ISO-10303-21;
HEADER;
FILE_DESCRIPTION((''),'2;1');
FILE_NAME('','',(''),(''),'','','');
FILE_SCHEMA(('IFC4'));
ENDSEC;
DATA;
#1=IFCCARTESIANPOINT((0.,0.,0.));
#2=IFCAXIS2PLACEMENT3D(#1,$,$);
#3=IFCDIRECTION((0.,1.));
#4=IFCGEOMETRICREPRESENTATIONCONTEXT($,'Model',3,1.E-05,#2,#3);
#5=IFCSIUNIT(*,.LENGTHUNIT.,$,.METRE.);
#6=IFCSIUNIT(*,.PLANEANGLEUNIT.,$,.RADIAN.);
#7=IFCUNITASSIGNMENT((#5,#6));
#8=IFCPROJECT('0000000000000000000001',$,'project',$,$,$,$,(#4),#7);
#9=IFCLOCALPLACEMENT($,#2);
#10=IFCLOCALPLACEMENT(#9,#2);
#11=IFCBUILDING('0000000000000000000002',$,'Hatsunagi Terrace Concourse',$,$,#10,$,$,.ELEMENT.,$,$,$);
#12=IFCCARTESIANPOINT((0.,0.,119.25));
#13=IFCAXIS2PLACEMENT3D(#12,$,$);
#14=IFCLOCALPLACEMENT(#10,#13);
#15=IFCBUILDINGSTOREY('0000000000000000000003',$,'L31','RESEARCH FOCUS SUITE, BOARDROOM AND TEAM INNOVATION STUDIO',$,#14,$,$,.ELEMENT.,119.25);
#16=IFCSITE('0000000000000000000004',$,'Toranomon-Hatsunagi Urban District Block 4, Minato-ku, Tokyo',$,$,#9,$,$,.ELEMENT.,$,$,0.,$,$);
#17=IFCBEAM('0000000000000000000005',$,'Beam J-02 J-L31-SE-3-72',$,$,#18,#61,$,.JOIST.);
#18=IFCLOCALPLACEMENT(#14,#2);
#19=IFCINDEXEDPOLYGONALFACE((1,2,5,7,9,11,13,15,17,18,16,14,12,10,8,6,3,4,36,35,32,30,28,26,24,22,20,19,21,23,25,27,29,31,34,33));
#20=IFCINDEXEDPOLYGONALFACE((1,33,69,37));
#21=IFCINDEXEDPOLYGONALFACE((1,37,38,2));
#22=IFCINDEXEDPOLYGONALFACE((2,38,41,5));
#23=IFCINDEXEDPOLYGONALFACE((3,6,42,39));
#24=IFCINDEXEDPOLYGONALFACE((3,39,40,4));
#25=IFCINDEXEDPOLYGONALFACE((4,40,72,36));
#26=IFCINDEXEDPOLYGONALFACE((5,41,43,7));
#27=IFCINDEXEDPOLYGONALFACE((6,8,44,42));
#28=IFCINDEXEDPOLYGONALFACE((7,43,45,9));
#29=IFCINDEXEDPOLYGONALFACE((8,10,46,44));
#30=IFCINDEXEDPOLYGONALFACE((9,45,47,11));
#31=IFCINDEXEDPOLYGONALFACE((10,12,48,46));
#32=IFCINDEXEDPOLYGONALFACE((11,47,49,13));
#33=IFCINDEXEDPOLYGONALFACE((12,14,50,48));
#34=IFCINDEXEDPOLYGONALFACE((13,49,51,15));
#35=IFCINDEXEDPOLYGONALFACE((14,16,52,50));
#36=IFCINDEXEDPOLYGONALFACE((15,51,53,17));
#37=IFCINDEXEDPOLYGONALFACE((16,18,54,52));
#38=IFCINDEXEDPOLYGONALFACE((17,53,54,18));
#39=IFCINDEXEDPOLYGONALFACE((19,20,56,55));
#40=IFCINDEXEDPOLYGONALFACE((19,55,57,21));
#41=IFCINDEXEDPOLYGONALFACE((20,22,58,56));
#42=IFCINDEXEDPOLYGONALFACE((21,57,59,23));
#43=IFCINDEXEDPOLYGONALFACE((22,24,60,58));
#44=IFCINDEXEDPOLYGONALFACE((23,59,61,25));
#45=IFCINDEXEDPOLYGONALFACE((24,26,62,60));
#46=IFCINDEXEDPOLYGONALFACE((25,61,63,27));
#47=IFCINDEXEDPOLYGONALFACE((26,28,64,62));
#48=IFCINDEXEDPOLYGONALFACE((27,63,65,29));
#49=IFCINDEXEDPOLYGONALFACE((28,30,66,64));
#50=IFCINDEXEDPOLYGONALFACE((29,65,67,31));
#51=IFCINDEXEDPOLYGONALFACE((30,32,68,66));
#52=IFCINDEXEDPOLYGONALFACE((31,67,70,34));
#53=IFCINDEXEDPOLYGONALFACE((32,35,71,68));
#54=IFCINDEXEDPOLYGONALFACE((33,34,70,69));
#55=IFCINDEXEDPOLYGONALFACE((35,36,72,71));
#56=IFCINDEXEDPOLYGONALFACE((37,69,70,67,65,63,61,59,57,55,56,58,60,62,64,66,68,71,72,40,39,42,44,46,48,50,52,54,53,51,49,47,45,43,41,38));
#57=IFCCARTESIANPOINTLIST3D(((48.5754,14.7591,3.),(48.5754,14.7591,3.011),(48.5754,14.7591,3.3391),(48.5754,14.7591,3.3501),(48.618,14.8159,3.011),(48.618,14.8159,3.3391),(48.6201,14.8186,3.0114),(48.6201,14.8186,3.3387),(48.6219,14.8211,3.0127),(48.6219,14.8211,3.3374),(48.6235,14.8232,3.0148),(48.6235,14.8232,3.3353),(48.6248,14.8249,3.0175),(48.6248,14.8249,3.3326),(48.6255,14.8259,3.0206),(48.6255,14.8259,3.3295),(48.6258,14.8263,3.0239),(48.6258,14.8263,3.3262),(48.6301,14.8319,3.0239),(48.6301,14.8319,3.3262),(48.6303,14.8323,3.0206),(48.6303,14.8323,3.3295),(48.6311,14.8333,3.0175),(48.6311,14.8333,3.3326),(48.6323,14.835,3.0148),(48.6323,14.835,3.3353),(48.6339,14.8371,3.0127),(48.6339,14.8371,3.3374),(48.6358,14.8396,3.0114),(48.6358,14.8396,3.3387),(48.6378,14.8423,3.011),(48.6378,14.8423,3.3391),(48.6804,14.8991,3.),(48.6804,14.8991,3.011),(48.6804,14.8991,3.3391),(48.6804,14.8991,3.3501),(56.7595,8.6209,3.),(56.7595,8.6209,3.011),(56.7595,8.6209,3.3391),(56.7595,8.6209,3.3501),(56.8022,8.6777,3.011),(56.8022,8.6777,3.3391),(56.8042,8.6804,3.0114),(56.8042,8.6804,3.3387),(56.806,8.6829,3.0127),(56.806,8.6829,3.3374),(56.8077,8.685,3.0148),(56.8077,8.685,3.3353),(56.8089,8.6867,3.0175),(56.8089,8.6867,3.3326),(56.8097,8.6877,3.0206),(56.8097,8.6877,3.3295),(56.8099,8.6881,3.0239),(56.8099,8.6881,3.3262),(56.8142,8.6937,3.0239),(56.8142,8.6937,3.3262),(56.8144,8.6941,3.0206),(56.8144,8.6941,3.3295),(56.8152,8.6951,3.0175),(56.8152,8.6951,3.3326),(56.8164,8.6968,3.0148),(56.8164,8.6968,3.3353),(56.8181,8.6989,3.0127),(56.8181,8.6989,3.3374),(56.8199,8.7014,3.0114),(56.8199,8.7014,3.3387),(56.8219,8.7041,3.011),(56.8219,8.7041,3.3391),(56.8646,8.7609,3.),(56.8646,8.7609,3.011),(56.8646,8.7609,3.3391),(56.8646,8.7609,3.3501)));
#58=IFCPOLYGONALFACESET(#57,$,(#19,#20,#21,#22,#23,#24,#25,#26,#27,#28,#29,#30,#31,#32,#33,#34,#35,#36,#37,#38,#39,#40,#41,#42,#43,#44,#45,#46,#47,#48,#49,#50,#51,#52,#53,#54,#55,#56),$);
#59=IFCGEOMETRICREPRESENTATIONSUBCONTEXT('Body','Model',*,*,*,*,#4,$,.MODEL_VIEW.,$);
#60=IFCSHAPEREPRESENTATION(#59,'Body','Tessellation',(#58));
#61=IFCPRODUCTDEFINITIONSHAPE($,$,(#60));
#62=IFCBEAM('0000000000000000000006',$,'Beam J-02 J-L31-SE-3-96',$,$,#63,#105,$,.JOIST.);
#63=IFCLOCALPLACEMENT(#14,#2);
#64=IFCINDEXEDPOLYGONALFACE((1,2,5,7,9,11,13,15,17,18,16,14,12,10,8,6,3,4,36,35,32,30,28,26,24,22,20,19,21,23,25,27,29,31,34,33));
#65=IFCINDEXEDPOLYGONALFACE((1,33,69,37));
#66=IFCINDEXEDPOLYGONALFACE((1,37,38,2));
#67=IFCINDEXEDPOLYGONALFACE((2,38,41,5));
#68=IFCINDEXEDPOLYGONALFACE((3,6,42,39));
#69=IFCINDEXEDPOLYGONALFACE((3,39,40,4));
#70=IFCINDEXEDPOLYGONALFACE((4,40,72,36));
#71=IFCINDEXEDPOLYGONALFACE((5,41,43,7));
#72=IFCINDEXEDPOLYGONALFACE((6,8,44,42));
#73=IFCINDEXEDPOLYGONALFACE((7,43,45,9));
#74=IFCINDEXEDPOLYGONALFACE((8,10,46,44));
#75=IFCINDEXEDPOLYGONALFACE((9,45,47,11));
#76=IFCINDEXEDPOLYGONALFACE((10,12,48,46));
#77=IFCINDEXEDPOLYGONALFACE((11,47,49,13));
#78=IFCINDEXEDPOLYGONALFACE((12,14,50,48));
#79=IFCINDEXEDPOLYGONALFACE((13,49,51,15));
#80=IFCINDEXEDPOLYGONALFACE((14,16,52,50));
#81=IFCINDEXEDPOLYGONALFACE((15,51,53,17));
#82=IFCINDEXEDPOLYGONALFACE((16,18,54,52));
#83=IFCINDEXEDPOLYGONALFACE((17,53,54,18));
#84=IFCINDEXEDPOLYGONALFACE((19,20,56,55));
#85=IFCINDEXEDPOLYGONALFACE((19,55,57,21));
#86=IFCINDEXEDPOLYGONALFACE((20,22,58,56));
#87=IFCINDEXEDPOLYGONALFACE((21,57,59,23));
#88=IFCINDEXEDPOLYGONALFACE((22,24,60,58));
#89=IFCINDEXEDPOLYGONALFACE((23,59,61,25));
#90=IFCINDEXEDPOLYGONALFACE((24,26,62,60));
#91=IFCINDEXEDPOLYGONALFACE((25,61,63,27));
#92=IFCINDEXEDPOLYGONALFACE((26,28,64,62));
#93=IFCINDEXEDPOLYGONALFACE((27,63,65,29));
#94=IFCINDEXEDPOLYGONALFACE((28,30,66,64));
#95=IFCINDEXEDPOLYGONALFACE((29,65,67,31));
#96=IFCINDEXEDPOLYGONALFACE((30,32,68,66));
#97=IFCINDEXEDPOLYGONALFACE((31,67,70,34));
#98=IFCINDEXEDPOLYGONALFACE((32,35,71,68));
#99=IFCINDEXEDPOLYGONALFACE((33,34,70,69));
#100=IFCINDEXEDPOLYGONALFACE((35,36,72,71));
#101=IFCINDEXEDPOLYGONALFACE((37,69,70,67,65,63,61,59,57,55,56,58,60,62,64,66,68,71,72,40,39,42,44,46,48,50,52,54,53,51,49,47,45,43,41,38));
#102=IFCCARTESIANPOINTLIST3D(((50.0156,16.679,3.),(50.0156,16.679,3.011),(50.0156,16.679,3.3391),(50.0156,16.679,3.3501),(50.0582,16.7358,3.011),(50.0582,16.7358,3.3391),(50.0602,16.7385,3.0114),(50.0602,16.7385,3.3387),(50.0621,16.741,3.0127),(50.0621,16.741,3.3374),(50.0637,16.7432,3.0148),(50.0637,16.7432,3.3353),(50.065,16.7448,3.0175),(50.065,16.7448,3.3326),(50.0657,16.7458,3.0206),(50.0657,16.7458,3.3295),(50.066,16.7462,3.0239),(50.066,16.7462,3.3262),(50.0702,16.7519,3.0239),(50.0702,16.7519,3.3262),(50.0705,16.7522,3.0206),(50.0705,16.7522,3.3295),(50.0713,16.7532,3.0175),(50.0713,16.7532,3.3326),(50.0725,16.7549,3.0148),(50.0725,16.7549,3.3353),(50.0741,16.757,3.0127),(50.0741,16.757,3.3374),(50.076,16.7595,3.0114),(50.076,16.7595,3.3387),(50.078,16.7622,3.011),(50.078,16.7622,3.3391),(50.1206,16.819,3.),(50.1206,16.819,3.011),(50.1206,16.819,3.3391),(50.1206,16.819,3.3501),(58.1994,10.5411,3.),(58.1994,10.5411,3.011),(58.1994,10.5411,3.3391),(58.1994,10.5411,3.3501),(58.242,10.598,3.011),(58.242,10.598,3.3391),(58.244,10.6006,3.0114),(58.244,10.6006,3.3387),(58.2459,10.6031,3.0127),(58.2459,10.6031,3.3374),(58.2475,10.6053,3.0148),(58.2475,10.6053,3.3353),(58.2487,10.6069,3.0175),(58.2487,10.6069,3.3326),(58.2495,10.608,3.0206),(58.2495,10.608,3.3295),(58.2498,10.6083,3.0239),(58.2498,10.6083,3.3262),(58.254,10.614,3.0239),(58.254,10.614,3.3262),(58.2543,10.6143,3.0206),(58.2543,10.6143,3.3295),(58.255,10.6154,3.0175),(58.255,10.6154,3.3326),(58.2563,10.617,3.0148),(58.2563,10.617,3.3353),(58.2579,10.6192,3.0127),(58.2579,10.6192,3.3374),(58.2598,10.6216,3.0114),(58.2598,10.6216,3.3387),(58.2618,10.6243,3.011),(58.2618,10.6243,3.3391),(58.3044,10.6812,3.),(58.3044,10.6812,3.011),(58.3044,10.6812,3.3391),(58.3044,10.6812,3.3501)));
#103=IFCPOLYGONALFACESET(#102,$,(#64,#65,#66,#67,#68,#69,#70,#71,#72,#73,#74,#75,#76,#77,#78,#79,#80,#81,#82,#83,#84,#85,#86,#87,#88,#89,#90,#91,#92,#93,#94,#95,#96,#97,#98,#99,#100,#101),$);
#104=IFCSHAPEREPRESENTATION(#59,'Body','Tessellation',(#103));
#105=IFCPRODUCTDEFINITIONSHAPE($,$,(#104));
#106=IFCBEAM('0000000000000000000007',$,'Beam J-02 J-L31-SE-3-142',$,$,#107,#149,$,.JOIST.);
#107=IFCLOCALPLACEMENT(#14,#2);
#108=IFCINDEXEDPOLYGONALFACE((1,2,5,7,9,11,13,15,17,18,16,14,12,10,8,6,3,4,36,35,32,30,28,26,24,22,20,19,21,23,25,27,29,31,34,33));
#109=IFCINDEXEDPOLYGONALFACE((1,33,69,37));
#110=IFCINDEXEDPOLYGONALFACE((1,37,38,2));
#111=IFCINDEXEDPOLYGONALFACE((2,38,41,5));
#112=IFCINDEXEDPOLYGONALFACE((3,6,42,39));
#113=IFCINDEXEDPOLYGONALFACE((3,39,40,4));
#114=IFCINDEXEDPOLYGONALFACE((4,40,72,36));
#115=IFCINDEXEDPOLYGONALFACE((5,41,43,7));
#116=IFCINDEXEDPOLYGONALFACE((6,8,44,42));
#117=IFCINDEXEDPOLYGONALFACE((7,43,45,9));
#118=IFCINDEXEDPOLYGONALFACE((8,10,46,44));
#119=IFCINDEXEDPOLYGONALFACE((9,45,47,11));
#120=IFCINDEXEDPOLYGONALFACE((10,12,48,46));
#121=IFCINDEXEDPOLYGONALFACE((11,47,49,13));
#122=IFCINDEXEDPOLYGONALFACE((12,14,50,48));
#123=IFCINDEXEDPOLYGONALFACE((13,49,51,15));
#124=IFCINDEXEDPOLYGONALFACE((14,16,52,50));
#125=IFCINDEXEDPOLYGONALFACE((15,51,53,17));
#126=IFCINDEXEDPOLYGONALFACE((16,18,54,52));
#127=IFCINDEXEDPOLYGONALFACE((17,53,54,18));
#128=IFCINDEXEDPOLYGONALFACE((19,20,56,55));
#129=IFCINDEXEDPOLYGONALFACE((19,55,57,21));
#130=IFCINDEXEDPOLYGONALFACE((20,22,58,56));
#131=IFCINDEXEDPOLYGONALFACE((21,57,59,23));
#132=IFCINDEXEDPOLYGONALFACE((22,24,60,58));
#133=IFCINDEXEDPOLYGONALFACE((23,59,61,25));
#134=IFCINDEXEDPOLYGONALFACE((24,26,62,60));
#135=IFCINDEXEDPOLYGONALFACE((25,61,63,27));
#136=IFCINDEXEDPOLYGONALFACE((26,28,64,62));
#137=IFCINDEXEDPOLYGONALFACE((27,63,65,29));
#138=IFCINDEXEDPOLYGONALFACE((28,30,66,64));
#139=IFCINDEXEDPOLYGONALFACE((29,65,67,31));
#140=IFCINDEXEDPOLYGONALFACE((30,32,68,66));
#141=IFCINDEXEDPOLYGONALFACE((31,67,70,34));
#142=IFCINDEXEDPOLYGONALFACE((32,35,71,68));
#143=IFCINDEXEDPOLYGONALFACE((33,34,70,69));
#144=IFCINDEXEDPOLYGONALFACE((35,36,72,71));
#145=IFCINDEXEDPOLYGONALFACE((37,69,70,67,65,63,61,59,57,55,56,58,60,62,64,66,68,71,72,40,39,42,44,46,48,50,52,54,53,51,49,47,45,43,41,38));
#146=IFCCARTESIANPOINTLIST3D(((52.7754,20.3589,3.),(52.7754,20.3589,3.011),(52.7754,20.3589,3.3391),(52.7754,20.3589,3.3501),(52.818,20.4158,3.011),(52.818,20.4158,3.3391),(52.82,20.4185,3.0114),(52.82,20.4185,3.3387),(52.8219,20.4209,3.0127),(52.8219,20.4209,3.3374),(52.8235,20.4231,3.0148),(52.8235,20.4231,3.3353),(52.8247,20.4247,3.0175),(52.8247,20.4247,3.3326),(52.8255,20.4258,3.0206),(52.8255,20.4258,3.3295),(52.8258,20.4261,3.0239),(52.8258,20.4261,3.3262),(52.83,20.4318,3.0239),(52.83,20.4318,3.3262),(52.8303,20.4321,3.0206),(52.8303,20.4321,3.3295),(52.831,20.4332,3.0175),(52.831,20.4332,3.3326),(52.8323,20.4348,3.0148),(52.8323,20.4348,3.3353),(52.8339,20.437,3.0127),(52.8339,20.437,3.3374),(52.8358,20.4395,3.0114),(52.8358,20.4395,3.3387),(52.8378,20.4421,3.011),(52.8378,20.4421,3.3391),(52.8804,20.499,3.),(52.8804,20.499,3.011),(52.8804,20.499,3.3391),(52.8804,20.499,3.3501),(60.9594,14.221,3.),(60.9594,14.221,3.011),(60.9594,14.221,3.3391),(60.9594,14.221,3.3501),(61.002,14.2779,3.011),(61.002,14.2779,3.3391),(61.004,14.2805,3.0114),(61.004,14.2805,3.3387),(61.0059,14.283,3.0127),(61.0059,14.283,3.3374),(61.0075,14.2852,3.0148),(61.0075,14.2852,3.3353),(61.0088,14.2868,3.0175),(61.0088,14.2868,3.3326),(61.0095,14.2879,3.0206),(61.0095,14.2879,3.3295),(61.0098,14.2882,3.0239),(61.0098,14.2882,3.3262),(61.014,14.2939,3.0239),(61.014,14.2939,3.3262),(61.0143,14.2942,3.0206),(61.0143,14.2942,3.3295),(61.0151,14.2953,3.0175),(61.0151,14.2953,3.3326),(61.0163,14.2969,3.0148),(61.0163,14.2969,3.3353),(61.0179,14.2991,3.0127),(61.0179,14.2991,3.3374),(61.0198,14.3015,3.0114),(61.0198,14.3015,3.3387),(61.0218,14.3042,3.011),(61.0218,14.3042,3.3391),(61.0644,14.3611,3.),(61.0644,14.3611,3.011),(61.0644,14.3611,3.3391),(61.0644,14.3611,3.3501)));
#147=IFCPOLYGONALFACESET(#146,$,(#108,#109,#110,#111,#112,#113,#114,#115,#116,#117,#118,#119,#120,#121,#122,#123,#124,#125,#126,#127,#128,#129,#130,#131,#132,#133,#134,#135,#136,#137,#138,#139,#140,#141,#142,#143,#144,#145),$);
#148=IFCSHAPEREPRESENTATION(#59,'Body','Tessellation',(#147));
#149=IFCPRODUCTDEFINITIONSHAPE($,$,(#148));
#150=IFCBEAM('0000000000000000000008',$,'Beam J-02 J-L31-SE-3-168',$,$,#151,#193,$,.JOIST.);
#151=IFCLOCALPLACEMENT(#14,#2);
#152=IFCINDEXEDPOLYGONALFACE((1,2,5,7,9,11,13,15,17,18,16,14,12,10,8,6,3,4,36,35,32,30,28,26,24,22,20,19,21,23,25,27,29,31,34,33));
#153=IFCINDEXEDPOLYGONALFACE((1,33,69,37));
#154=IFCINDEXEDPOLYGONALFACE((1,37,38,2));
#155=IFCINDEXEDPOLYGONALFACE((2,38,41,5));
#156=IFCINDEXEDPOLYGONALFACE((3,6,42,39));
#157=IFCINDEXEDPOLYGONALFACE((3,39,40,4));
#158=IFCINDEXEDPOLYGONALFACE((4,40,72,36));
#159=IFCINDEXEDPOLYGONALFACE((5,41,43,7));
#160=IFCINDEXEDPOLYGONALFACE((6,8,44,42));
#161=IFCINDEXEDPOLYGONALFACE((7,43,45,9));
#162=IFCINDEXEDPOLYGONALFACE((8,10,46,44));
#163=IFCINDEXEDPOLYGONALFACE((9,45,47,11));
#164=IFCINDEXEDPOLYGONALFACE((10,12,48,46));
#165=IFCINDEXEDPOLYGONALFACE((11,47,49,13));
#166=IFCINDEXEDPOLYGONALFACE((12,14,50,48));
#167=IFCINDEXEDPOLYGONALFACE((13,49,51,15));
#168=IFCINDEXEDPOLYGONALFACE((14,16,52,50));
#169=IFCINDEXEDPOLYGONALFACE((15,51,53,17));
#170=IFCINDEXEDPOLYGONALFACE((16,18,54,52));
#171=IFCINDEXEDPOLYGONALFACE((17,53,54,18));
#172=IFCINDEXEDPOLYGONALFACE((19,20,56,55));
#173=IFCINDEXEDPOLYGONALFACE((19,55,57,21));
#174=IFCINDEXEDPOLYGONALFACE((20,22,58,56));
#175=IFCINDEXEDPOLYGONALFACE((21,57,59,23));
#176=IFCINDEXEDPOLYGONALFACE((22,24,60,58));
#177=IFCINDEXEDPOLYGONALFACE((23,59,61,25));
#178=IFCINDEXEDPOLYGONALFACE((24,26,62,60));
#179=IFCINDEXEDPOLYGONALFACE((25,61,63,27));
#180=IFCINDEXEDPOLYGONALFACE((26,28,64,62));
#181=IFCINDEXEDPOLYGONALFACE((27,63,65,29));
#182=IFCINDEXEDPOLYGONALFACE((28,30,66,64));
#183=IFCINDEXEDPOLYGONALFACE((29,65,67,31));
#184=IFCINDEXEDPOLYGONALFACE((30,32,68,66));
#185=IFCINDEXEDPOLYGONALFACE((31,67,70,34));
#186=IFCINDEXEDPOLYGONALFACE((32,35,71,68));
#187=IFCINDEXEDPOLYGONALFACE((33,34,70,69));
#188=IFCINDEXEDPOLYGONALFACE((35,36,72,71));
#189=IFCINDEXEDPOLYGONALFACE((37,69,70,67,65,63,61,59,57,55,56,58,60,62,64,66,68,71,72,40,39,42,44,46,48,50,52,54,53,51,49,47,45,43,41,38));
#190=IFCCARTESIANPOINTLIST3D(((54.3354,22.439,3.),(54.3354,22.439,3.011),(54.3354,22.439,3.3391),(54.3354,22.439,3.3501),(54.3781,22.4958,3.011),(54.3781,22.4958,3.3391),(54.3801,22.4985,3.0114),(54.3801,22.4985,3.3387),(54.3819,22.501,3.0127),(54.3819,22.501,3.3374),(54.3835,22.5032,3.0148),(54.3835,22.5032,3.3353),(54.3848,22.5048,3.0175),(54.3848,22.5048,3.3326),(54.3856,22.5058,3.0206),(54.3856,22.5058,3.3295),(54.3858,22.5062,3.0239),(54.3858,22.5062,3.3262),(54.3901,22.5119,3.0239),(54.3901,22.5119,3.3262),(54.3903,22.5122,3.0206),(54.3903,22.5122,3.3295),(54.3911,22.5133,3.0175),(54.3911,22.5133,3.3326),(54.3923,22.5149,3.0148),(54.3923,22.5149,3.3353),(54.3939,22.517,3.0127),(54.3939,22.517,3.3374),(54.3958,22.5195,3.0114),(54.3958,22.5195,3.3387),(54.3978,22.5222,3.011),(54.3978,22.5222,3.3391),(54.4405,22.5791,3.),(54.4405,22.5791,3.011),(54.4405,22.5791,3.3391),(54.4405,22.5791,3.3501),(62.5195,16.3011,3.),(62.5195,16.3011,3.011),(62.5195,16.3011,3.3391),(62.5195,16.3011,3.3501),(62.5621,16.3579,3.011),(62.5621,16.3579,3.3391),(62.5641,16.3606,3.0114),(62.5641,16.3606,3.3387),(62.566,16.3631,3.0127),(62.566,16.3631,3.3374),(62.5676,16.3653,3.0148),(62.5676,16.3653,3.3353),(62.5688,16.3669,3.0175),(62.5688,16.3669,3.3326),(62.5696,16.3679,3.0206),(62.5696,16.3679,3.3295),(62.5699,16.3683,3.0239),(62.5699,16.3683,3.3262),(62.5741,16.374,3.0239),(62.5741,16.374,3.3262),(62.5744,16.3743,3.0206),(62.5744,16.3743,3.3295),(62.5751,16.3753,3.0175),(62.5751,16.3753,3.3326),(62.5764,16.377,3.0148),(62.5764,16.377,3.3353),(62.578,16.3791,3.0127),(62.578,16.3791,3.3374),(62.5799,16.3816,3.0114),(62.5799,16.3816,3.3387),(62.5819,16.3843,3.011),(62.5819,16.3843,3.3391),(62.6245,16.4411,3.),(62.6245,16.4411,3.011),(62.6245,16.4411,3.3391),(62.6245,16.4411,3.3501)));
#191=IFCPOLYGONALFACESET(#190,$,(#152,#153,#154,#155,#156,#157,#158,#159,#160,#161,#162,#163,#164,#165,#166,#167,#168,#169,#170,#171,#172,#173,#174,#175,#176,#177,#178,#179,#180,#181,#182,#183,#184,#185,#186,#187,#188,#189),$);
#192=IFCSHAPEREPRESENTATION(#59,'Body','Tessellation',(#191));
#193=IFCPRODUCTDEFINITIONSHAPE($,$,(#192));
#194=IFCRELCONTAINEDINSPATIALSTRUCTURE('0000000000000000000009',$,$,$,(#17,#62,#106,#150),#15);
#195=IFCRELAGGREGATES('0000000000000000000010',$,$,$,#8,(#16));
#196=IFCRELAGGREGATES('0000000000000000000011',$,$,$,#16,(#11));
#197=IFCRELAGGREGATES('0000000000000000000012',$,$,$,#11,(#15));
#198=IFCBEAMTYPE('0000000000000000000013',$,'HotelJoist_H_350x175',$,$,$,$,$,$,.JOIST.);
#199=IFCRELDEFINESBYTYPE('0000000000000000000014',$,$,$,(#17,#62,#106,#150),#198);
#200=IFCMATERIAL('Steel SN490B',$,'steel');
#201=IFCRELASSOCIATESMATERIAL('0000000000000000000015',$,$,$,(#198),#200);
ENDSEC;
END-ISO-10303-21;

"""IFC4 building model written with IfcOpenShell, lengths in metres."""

from ifc_helpers import new_model, si_unit, direction, frame, origin, origin_2d, place, context, subcontext, project, spatial, i_section, extrude, material, material_profile, profile_set, type_object, element, save


model = new_model("IFC4")

# Units and contexts
model_context = context("Model", 3, precision=1e-05, world=origin(), true_north=direction((0.0, 1.0)))
body_context = subcontext(model_context, "Body", "Model", "MODEL_VIEW")
ifc_project = project(units=[si_unit("LENGTHUNIT", "METRE"), si_unit("PLANEANGLEUNIT", "RADIAN")], contexts=[model_context])

# Site, building, storey
site_placement = place(None, origin())
site = spatial("IfcSite", under=ifc_project, at=site_placement, Name="Toranomon-Hatsunagi Urban District Block 4, Minato-ku, Tokyo", CompositionType="ELEMENT", RefElevation=0.0)
building_placement = place(site_placement, origin())
building = spatial("IfcBuilding", under=site, at=building_placement, Name="Hatsunagi Terrace Concourse", CompositionType="ELEMENT")
storey_placement = place(building_placement, frame((0.0, 0.0, 119.25)))
storey = spatial("IfcBuildingStorey", under=building, at=storey_placement, Name="L31", Description="RESEARCH FOCUS SUITE, BOARDROOM AND TEAM INNOVATION STUDIO", CompositionType="ELEMENT", Elevation=119.25)

# Beams
ifc_material_1 = material(Name="Steel SN490B", Category="steel")
ifc_material_profile_1 = material_profile(ifc_material_1, i_section(OverallWidth=0.175, OverallDepth=0.3501, WebThickness=0.0071, FlangeThickness=0.011, FilletRadius=0.0129, at=origin_2d()), Name="H-350x175x7x11")
ifc_profile_set_1 = profile_set([ifc_material_profile_1], Name="Steel SN490B")
beam_type_1 = type_object("IfcBeamType", Name="HotelJoist_H_350x175", PredefinedType="JOIST", material=ifc_profile_set_1)
beam_1_placement = place(storey_placement, frame((48.6279, 14.8291, 3.175), z_axis=(0.799994, -0.600008, 0.0), x_axis=(0.600008, 0.799994, 0.0)))
element("IfcBeam", 1, at=beam_1_placement, inside=storey, type_object=beam_type_1, Name="Beam J-02 J-L31-SE-3-72", PredefinedType="JOIST", context=body_context, shape_type="SweptSolid", body=[
    extrude(i_section(OverallWidth=0.175, OverallDepth=0.3501, WebThickness=0.0071, FlangeThickness=0.011, FilletRadius=0.0129, at=origin_2d()), origin(), (0.0, 0.0, 1.0), 10.2302),
])
beam_2_placement = place(storey_placement, frame((50.0681, 16.749, 3.175), z_axis=(0.799997, -0.600004, 0.0), x_axis=(0.600004, 0.799997, 0.0)))
element("IfcBeam", 2, at=beam_2_placement, inside=storey, type_object=beam_type_1, Name="Beam J-02 J-L31-SE-3-96", PredefinedType="JOIST", context=body_context, shape_type="SweptSolid", body=[
    extrude(i_section(OverallWidth=0.175, OverallDepth=0.3501, WebThickness=0.0071, FlangeThickness=0.011, FilletRadius=0.0129, at=origin_2d()), origin(), (0.0, 0.0, 1.0), 10.2297),
])
for number, where, z_axis, x_axis, name in (
    (3, (52.8279, 20.429, 3.175), (0.800006, -0.599992, 0.0), (0.599992, 0.800006, 0.0), "Beam J-02 J-L31-SE-3-142"),
    (4, (54.3879, 22.509, 3.175), (0.800006, -0.599992, 0.0), (0.599992, 0.800006, 0.0), "Beam J-02 J-L31-SE-3-168"),
):
    element("IfcBeam", number, at=place(storey_placement, frame(where, z_axis=z_axis, x_axis=x_axis)), inside=storey, type_object=beam_type_1, Name=name, PredefinedType="JOIST", context=body_context, shape_type="SweptSolid", body=[
        extrude(i_section(OverallWidth=0.175, OverallDepth=0.3501, WebThickness=0.0071, FlangeThickness=0.011, FilletRadius=0.0129, at=origin_2d()), origin(), (0.0, 0.0, 1.0), 10.23),
    ])

save(model, "model.ifc")
